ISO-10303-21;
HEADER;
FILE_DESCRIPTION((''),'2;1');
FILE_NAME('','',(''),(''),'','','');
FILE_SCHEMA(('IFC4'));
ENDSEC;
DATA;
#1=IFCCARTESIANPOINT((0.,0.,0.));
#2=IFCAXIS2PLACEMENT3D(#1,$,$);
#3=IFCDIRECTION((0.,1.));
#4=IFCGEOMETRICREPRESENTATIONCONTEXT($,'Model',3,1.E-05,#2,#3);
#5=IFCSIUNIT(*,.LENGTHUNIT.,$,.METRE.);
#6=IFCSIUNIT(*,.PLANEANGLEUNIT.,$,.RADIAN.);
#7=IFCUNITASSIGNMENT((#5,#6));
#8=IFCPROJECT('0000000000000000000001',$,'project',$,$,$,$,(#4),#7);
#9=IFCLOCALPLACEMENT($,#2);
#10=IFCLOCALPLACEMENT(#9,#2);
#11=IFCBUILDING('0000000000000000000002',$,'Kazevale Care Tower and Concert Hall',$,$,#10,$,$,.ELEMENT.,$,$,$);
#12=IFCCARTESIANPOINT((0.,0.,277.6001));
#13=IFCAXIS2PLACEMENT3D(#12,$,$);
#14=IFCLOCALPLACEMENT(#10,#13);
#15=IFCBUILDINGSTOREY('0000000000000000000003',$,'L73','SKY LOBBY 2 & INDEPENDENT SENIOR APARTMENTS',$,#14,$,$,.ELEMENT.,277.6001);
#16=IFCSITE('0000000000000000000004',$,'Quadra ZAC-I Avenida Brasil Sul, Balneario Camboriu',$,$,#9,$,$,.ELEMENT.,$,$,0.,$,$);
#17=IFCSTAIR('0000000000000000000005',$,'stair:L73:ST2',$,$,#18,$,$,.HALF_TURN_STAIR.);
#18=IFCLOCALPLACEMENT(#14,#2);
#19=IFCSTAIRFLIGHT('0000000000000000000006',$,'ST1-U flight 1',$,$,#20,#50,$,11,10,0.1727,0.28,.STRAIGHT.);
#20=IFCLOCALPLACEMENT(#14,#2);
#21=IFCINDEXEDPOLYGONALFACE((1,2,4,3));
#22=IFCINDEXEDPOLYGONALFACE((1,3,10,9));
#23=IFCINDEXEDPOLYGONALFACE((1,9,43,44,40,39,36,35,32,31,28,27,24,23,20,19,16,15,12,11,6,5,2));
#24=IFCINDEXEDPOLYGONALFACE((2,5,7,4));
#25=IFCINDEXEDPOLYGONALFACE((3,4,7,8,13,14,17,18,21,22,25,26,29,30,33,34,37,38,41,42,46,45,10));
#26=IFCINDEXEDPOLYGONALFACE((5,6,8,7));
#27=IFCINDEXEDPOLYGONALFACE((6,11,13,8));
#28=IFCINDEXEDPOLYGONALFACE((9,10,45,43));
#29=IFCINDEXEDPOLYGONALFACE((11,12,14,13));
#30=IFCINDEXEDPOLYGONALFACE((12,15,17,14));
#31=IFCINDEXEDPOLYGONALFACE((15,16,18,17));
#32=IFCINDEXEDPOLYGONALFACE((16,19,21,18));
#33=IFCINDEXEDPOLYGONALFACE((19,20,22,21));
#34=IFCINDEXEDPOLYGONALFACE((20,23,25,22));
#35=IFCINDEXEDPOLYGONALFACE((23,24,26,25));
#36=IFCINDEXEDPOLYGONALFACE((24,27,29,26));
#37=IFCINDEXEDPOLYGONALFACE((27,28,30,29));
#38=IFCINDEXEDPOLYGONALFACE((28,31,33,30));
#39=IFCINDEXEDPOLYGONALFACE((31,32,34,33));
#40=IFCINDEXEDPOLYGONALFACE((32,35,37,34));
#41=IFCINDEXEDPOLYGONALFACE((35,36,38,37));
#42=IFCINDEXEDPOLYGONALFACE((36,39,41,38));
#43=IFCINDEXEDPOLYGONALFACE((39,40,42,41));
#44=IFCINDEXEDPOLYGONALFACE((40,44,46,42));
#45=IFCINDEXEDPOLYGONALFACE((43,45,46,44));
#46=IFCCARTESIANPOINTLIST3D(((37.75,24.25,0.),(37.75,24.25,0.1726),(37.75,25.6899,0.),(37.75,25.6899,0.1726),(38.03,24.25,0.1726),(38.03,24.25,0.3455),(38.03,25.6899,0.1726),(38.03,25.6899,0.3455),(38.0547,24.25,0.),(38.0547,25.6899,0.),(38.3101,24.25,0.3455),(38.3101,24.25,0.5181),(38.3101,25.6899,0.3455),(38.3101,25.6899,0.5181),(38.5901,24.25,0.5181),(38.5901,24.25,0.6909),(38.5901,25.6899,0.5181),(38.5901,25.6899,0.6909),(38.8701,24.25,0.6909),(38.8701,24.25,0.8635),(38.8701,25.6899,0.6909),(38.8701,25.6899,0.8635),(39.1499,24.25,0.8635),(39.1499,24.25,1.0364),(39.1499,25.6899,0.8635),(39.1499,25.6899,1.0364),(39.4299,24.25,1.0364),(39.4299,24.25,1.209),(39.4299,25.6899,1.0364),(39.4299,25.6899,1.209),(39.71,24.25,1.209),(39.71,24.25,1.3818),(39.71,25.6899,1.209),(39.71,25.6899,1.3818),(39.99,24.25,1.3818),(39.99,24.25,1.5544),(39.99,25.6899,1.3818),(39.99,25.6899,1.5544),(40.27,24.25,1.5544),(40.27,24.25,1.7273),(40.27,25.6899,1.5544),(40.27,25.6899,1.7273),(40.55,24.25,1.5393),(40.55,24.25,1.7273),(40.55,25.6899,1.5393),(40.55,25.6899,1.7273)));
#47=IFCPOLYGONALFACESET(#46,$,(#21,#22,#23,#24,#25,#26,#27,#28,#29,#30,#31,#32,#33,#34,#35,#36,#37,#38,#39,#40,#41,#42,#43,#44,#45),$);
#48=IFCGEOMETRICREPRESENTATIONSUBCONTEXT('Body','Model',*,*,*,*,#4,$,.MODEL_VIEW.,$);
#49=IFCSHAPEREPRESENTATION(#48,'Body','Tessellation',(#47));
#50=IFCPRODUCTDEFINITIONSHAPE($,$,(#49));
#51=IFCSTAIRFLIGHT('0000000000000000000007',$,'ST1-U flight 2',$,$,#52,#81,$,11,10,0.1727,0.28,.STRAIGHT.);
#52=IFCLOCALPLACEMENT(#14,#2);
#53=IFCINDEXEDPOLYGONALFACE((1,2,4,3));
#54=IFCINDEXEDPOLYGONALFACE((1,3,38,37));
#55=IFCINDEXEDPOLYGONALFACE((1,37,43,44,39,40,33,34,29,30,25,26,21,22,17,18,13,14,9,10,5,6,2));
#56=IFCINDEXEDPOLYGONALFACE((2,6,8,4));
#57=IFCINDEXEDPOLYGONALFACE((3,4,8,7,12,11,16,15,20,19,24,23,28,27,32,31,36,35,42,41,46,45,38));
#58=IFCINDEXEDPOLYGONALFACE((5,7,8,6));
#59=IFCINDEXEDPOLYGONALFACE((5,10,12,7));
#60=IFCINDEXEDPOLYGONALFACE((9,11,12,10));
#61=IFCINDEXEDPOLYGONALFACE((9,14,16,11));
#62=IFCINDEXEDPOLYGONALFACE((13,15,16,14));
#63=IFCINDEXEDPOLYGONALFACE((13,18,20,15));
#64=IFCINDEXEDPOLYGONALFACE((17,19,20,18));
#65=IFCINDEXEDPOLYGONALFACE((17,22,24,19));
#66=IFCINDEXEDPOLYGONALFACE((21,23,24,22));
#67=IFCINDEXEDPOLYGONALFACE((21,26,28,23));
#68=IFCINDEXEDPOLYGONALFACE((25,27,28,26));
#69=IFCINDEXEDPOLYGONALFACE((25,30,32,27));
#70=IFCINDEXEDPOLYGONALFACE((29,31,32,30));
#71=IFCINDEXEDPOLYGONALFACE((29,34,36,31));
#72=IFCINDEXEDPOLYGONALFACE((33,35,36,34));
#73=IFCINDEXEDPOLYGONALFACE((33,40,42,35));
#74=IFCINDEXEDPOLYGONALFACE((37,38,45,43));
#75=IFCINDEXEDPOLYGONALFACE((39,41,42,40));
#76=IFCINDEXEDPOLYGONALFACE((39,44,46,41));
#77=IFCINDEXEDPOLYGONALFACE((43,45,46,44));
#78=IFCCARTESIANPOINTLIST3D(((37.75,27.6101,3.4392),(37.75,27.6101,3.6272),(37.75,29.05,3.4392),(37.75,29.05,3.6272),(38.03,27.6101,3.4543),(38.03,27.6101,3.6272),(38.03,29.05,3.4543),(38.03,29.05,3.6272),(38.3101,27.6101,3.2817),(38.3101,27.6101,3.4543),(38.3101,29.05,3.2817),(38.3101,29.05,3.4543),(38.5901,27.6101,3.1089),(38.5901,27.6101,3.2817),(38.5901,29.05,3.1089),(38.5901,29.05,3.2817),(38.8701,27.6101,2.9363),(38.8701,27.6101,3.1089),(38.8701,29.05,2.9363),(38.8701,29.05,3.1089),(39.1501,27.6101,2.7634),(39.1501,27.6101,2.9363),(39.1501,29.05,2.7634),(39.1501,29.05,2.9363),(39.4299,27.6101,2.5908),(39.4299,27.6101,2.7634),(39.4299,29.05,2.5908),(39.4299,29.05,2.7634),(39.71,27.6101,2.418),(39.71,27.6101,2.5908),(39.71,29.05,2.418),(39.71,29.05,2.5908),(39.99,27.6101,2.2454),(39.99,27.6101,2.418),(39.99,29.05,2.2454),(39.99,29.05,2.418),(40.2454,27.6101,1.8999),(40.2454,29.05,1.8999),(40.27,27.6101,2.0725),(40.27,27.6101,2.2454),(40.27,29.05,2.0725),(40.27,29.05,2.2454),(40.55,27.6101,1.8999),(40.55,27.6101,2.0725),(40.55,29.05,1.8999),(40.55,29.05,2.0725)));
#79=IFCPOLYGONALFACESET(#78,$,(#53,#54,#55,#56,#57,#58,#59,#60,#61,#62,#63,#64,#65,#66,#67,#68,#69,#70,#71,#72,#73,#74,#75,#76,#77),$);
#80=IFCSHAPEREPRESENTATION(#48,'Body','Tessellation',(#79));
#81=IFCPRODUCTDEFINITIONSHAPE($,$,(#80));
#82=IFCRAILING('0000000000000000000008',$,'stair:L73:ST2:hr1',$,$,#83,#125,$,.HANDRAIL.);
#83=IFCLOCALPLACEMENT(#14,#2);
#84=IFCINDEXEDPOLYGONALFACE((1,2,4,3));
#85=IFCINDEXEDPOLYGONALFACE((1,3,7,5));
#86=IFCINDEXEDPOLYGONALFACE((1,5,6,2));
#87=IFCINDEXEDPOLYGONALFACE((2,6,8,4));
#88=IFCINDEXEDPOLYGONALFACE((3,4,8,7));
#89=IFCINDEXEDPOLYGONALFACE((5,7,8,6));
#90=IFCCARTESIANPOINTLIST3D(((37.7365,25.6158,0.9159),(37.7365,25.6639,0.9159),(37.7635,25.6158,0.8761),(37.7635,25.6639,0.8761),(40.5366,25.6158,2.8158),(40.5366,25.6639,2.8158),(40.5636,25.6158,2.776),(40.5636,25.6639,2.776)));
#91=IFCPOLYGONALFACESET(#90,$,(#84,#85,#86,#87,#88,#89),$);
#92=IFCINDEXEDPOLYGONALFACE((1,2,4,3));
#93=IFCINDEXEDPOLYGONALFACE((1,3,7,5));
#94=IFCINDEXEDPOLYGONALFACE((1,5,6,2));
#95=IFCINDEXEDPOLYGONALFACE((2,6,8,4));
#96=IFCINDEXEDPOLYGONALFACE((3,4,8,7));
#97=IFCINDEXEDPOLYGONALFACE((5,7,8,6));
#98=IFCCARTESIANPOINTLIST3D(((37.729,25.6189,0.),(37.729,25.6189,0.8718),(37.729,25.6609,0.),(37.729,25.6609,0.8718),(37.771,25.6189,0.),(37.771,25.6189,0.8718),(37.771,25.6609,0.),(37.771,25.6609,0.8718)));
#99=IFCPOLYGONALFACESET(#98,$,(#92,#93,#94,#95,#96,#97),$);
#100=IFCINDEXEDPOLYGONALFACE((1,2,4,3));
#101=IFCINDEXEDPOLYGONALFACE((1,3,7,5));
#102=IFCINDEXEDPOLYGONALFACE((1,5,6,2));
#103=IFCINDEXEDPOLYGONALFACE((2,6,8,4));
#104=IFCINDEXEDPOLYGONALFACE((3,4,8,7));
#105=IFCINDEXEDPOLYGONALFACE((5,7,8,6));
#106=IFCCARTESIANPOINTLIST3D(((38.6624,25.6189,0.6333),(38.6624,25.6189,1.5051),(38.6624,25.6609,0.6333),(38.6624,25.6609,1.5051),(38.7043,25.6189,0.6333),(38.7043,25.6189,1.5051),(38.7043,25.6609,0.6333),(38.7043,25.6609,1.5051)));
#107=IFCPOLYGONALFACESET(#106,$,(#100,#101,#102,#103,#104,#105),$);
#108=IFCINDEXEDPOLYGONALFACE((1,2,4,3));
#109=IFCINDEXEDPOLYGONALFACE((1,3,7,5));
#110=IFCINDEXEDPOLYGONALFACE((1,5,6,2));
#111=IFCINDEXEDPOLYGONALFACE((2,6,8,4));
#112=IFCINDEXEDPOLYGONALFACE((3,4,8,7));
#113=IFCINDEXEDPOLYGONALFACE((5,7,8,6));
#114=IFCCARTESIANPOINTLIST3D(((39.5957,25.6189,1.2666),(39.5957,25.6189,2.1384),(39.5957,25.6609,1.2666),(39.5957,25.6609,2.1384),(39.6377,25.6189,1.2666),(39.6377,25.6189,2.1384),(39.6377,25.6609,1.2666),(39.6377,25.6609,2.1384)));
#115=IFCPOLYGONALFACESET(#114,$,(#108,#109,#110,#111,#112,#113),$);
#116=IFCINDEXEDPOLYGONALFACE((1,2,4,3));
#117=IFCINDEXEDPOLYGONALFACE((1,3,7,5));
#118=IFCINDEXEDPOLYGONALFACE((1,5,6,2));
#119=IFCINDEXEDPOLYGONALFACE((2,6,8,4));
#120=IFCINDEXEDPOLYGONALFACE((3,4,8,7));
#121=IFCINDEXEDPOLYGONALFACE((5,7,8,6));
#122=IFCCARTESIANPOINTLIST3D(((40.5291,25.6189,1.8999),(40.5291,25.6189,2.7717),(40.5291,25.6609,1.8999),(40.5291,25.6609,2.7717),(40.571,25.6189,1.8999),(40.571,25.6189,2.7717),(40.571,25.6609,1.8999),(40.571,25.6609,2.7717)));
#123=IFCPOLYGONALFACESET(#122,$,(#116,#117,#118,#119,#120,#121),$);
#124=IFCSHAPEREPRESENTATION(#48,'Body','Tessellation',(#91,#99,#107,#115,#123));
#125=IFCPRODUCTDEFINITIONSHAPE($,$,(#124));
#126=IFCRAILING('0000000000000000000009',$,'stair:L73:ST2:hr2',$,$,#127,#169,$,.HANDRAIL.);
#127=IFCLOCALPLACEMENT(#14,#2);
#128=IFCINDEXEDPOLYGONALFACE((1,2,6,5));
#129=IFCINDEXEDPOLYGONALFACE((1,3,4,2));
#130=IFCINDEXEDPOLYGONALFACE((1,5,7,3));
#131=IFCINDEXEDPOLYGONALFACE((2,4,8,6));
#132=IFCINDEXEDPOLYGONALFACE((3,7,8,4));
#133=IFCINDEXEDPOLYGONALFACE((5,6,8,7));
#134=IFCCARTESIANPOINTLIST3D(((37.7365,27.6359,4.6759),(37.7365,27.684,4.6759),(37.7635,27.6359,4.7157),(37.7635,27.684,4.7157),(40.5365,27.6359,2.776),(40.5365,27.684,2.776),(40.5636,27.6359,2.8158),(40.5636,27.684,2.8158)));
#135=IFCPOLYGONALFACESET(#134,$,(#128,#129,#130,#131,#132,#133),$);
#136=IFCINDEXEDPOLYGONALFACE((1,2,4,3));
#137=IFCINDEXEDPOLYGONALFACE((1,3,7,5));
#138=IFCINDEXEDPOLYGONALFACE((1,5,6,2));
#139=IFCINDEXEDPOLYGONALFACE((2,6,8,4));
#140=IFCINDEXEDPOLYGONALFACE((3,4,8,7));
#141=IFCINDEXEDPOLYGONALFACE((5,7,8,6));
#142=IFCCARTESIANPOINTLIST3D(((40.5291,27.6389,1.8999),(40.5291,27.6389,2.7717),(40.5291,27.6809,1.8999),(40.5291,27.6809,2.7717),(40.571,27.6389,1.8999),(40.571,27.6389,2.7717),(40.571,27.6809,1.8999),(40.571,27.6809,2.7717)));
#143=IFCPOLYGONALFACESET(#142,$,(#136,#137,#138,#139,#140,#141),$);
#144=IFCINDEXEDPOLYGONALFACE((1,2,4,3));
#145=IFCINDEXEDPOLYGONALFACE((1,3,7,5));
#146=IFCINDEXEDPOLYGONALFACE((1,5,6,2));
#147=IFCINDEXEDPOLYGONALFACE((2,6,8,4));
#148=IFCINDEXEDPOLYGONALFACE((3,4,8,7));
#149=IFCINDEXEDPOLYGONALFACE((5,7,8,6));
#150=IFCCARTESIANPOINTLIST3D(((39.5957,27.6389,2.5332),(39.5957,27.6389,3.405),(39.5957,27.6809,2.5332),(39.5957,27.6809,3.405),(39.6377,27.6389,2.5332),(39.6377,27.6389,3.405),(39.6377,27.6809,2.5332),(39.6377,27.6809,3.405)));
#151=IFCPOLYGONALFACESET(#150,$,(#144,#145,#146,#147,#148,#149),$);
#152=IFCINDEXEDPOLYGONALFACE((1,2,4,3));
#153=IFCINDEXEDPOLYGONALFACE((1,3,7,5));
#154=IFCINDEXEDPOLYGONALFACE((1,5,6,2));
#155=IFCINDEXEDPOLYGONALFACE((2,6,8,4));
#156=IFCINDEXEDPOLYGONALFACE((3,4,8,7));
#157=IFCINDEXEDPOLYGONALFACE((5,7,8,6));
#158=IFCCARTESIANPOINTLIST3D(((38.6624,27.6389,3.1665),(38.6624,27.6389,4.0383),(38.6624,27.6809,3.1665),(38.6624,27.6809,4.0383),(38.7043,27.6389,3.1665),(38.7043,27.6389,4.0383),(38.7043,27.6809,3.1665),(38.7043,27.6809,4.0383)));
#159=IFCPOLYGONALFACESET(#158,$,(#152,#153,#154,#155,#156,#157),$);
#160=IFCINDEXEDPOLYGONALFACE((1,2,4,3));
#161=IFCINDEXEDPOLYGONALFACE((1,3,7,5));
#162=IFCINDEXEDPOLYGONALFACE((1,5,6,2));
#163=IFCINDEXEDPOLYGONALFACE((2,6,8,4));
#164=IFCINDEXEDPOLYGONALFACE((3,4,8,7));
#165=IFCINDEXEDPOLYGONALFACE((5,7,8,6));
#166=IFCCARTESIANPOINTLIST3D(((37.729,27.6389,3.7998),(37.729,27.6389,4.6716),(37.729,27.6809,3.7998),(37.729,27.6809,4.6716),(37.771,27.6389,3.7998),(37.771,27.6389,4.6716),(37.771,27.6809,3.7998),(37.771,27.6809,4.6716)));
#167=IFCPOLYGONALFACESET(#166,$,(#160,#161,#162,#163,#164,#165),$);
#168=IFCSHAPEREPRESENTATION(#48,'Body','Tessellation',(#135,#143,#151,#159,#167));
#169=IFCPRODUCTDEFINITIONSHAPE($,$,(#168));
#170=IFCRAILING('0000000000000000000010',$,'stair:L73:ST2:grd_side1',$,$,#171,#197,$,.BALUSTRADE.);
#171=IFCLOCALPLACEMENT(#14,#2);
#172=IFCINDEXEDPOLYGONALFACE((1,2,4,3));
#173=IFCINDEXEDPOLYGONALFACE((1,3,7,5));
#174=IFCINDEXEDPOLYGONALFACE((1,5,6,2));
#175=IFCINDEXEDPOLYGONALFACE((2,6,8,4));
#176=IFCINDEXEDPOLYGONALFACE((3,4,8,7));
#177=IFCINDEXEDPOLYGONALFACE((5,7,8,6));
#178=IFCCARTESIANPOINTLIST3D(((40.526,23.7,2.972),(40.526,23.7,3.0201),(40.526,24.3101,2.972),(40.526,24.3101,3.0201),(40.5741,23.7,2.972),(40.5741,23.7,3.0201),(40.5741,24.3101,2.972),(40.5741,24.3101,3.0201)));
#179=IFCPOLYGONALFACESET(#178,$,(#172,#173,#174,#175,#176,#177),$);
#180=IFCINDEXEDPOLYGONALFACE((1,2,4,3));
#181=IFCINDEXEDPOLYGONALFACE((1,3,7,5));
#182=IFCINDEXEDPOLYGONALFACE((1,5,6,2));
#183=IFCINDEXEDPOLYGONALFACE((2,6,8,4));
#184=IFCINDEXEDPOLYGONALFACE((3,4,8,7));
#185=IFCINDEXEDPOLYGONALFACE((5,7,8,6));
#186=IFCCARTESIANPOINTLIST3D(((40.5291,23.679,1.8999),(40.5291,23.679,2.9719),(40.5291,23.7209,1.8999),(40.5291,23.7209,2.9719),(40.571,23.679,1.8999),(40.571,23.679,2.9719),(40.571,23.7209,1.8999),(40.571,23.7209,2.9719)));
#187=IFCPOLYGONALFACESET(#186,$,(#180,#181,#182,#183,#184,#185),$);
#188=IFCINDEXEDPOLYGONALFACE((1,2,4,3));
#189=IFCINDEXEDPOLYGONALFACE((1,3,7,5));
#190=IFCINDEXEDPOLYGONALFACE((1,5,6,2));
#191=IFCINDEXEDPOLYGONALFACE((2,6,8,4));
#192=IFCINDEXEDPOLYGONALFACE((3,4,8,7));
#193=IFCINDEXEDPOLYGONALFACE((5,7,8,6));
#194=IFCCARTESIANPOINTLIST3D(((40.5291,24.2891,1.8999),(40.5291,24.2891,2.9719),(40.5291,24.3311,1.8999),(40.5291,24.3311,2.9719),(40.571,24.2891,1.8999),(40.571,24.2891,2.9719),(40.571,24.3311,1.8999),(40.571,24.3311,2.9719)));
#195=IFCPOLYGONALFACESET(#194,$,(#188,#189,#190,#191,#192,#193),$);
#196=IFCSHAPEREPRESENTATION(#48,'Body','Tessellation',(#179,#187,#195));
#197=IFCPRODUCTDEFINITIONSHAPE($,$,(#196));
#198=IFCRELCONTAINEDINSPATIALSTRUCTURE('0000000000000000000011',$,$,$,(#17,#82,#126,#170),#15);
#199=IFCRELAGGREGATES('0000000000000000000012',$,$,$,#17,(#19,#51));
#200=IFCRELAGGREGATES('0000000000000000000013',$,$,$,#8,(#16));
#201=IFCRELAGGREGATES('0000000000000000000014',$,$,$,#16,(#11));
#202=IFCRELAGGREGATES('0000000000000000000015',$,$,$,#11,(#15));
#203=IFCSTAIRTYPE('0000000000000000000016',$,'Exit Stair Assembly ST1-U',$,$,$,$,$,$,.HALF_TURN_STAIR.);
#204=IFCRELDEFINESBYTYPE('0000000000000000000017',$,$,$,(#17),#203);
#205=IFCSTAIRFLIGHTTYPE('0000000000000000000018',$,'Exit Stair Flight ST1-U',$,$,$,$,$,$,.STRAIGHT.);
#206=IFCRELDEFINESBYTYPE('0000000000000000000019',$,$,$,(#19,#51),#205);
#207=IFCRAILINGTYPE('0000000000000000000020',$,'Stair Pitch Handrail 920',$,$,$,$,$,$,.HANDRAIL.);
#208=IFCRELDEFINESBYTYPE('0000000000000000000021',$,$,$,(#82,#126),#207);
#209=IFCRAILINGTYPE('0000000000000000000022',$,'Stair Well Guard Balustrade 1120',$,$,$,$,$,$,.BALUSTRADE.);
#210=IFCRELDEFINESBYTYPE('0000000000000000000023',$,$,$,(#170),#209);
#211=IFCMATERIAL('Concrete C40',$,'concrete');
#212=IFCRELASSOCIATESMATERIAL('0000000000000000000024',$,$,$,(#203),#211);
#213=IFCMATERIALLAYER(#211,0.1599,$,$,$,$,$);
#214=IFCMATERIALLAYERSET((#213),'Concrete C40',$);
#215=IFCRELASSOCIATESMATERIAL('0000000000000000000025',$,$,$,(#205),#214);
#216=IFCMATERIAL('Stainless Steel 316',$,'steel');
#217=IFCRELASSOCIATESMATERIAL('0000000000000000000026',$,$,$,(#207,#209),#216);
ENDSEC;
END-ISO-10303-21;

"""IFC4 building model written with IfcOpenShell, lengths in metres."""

from ifc_helpers import new_model, si_unit, direction, frame, origin, origin_2d, place, context, subcontext, project, spatial, polyline, rectangle, outline, extrude, material, layer, layer_set, type_object, element, aggregate, save


model = new_model("IFC4")

# Units and contexts
model_context = context("Model", 3, precision=1e-05, world=origin(), true_north=direction((0.0, 1.0)))
body_context = subcontext(model_context, "Body", "Model", "MODEL_VIEW")
ifc_project = project(units=[si_unit("LENGTHUNIT", "METRE"), si_unit("PLANEANGLEUNIT", "RADIAN")], contexts=[model_context])

# Site, building, storey
site_placement = place(None, origin())
site = spatial("IfcSite", under=ifc_project, at=site_placement, Name="Quadra ZAC-I Avenida Brasil Sul, Balneario Camboriu", CompositionType="ELEMENT", RefElevation=0.0)
building_placement = place(site_placement, origin())
building = spatial("IfcBuilding", under=site, at=building_placement, Name="Kazevale Care Tower and Concert Hall", CompositionType="ELEMENT")
storey_placement = place(building_placement, frame((0.0, 0.0, 277.6001)))
storey = spatial("IfcBuildingStorey", under=building, at=storey_placement, Name="L73", Description="SKY LOBBY 2 & INDEPENDENT SENIOR APARTMENTS", CompositionType="ELEMENT", Elevation=277.6001)

# Shared definitions
ifc_material_1 = material(Name="Concrete C40", Category="concrete")

# Stair, stair flights
stair_type = type_object("IfcStairType", Name="Exit Stair Assembly ST1-U", PredefinedType="HALF_TURN_STAIR", material=ifc_material_1)
stair_placement = place(storey_placement, origin())
stair = element("IfcStair", 1, at=stair_placement, inside=storey, type_object=stair_type, Name="stair:L73:ST2", PredefinedType="HALF_TURN_STAIR")
ifc_layer_1 = layer(ifc_material_1, 0.1599)
ifc_layer_set_1 = layer_set([ifc_layer_1], Name="Concrete C40")
stair_flight_type = type_object("IfcStairFlightType", Name="Exit Stair Flight ST1-U", PredefinedType="STRAIGHT", material=ifc_layer_set_1)
stair_flight_1_placement = place(storey_placement, frame((37.75, 24.97, 0.0), z_axis=(0.0, 0.0, 1.0), x_axis=(1.0, 0.0, 0.0)))
stair_flight_1 = element("IfcStairFlight", 2, at=stair_flight_1_placement, type_object=stair_flight_type, Name="ST1-U flight 1", NumberOfRisers=11, NumberOfTreads=10, PredefinedType="STRAIGHT", RiserHeight=0.1727, TreadLength=0.28, context=body_context, shape_type="SweptSolid", body=[
    extrude(outline(polyline([(0.0, 0.0), (0.0, 0.1726), (0.28, 0.1726), (0.28, 0.3455), (0.5601, 0.3455), (0.5601, 0.5181), (0.8401, 0.5181), (0.8401, 0.6909), (1.1201, 0.6909), (1.1201, 0.8635), (1.3999, 0.8635), (1.3999, 1.0364), (1.6799, 1.0364), (1.6799, 1.209), (1.96, 1.209), (1.96, 1.3818), (2.24, 1.3818), (2.24, 1.5544), (2.52, 1.5544), (2.52, 1.7273), (2.8, 1.7273), (2.8, 1.8999), (2.8, 1.5393), (0.3047, 0.0), (0.0, 0.0)])), frame((0.0, 0.72, 0.0), z_axis=(0.0, -1.0, 0.0), x_axis=(1.0, 0.0, 0.0)), (0.0, 0.0, 1.0), 1.4399),
])
stair_flight_2_placement = place(storey_placement, frame((40.55, 28.3301, 1.8999), z_axis=(0.0, 0.0, 1.0), x_axis=(-1.0, 0.0, 0.0)))
stair_flight_2 = element("IfcStairFlight", 3, at=stair_flight_2_placement, type_object=stair_flight_type, Name="ST1-U flight 2", NumberOfRisers=11, NumberOfTreads=10, PredefinedType="STRAIGHT", RiserHeight=0.1727, TreadLength=0.28, context=body_context, shape_type="SweptSolid", body=[
    extrude(outline(polyline([(0.0, 0.0), (0.0, 0.1726), (0.28, 0.1726), (0.28, 0.3455), (0.5601, 0.3455), (0.5601, 0.5181), (0.8401, 0.5181), (0.8401, 0.6909), (1.1201, 0.6909), (1.1201, 0.8635), (1.3999, 0.8635), (1.3999, 1.0364), (1.6799, 1.0364), (1.6799, 1.209), (1.96, 1.209), (1.96, 1.3818), (2.24, 1.3818), (2.24, 1.5544), (2.52, 1.5544), (2.52, 1.7273), (2.8, 1.7273), (2.8, 1.8999), (2.8, 1.5393), (0.3047, 0.0), (0.0, 0.0)])), frame((0.0, 0.72, 0.0), z_axis=(0.0, -1.0, 0.0), x_axis=(1.0, 0.0, 0.0)), (0.0, 0.0, 1.0), 1.4399),
])
aggregate(stair, [stair_flight_1, stair_flight_2])

# Railings
ifc_material_2 = material(Name="Stainless Steel 316", Category="steel")
railing_type_1 = type_object("IfcRailingType", Name="Stair Pitch Handrail 920", PredefinedType="HANDRAIL", material=ifc_material_2)
railing_1_placement = place(storey_placement, frame((37.75, 25.6399, 0.0)))
element("IfcRailing", 4, at=railing_1_placement, inside=storey, type_object=railing_type_1, Name="stair:L73:ST2:hr1", PredefinedType="HANDRAIL", context=body_context, shape_type="SweptSolid", body=[
    extrude(rectangle(XDim=0.0481, YDim=0.0481, at=origin_2d()), frame((0.0, 0.0, 0.896), z_axis=(0.827494, 0.0, 0.561475), x_axis=(0.0, 1.0, 0.0)), (0.0, 0.0, 1.0), 3.3838),
    extrude(rectangle(XDim=0.042, YDim=0.042, at=origin_2d()), origin(), (0.0, 0.0, 1.0), 0.8718),
    extrude(rectangle(XDim=0.042, YDim=0.042, at=origin_2d()), frame((0.9333, 0.0, 0.6333)), (0.0, 0.0, 1.0), 0.8718),
    extrude(rectangle(XDim=0.042, YDim=0.042, at=origin_2d()), frame((1.8667, 0.0, 1.2666)), (0.0, 0.0, 1.0), 0.8718),
    extrude(rectangle(XDim=0.042, YDim=0.042, at=origin_2d()), frame((2.8, 0.0, 1.8999)), (0.0, 0.0, 1.0), 0.8718),
])
railing_2_placement = place(storey_placement, frame((40.55, 27.6599, 1.8999)))
element("IfcRailing", 5, at=railing_2_placement, inside=storey, type_object=railing_type_1, Name="stair:L73:ST2:hr2", PredefinedType="HANDRAIL", context=body_context, shape_type="SweptSolid", body=[
    extrude(rectangle(XDim=0.0481, YDim=0.0481, at=origin_2d()), frame((0.0, 0.0, 0.896), z_axis=(-0.827494, 0.0, 0.561475), x_axis=(0.0, -1.0, 0.0)), (0.0, 0.0, 1.0), 3.3838),
    extrude(rectangle(XDim=0.042, YDim=0.042, at=origin_2d()), origin(), (0.0, 0.0, 1.0), 0.8718),
    extrude(rectangle(XDim=0.042, YDim=0.042, at=origin_2d()), frame((-0.9333, 0.0, 0.6333)), (0.0, 0.0, 1.0), 0.8718),
    extrude(rectangle(XDim=0.042, YDim=0.042, at=origin_2d()), frame((-1.8667, 0.0, 1.2666)), (0.0, 0.0, 1.0), 0.8718),
    extrude(rectangle(XDim=0.042, YDim=0.042, at=origin_2d()), frame((-2.8, 0.0, 1.8999)), (0.0, 0.0, 1.0), 0.8718),
])
railing_type_2 = type_object("IfcRailingType", Name="Stair Well Guard Balustrade 1120", PredefinedType="BALUSTRADE", material=ifc_material_2)
railing_3_placement = place(storey_placement, frame((40.55, 23.7, 1.8999)))
element("IfcRailing", 6, at=railing_3_placement, inside=storey, type_object=railing_type_2, Name="stair:L73:ST2:grd_side1", PredefinedType="BALUSTRADE", context=body_context, shape_type="SweptSolid", body=[
    extrude(rectangle(XDim=0.0481, YDim=0.0481, at=origin_2d()), frame((0.0, 0.0, 1.0962), z_axis=(0.0, 1.0, 0.0), x_axis=(-1.0, 0.0, 0.0)), (0.0, 0.0, 1.0), 0.6101),
    extrude(rectangle(XDim=0.042, YDim=0.042, at=origin_2d()), origin(), (0.0, 0.0, 1.0), 1.072),
    extrude(rectangle(XDim=0.042, YDim=0.042, at=origin_2d()), frame((0.0, 0.6101, 0.0)), (0.0, 0.0, 1.0), 1.072),
])

save(model, "model.ifc")
